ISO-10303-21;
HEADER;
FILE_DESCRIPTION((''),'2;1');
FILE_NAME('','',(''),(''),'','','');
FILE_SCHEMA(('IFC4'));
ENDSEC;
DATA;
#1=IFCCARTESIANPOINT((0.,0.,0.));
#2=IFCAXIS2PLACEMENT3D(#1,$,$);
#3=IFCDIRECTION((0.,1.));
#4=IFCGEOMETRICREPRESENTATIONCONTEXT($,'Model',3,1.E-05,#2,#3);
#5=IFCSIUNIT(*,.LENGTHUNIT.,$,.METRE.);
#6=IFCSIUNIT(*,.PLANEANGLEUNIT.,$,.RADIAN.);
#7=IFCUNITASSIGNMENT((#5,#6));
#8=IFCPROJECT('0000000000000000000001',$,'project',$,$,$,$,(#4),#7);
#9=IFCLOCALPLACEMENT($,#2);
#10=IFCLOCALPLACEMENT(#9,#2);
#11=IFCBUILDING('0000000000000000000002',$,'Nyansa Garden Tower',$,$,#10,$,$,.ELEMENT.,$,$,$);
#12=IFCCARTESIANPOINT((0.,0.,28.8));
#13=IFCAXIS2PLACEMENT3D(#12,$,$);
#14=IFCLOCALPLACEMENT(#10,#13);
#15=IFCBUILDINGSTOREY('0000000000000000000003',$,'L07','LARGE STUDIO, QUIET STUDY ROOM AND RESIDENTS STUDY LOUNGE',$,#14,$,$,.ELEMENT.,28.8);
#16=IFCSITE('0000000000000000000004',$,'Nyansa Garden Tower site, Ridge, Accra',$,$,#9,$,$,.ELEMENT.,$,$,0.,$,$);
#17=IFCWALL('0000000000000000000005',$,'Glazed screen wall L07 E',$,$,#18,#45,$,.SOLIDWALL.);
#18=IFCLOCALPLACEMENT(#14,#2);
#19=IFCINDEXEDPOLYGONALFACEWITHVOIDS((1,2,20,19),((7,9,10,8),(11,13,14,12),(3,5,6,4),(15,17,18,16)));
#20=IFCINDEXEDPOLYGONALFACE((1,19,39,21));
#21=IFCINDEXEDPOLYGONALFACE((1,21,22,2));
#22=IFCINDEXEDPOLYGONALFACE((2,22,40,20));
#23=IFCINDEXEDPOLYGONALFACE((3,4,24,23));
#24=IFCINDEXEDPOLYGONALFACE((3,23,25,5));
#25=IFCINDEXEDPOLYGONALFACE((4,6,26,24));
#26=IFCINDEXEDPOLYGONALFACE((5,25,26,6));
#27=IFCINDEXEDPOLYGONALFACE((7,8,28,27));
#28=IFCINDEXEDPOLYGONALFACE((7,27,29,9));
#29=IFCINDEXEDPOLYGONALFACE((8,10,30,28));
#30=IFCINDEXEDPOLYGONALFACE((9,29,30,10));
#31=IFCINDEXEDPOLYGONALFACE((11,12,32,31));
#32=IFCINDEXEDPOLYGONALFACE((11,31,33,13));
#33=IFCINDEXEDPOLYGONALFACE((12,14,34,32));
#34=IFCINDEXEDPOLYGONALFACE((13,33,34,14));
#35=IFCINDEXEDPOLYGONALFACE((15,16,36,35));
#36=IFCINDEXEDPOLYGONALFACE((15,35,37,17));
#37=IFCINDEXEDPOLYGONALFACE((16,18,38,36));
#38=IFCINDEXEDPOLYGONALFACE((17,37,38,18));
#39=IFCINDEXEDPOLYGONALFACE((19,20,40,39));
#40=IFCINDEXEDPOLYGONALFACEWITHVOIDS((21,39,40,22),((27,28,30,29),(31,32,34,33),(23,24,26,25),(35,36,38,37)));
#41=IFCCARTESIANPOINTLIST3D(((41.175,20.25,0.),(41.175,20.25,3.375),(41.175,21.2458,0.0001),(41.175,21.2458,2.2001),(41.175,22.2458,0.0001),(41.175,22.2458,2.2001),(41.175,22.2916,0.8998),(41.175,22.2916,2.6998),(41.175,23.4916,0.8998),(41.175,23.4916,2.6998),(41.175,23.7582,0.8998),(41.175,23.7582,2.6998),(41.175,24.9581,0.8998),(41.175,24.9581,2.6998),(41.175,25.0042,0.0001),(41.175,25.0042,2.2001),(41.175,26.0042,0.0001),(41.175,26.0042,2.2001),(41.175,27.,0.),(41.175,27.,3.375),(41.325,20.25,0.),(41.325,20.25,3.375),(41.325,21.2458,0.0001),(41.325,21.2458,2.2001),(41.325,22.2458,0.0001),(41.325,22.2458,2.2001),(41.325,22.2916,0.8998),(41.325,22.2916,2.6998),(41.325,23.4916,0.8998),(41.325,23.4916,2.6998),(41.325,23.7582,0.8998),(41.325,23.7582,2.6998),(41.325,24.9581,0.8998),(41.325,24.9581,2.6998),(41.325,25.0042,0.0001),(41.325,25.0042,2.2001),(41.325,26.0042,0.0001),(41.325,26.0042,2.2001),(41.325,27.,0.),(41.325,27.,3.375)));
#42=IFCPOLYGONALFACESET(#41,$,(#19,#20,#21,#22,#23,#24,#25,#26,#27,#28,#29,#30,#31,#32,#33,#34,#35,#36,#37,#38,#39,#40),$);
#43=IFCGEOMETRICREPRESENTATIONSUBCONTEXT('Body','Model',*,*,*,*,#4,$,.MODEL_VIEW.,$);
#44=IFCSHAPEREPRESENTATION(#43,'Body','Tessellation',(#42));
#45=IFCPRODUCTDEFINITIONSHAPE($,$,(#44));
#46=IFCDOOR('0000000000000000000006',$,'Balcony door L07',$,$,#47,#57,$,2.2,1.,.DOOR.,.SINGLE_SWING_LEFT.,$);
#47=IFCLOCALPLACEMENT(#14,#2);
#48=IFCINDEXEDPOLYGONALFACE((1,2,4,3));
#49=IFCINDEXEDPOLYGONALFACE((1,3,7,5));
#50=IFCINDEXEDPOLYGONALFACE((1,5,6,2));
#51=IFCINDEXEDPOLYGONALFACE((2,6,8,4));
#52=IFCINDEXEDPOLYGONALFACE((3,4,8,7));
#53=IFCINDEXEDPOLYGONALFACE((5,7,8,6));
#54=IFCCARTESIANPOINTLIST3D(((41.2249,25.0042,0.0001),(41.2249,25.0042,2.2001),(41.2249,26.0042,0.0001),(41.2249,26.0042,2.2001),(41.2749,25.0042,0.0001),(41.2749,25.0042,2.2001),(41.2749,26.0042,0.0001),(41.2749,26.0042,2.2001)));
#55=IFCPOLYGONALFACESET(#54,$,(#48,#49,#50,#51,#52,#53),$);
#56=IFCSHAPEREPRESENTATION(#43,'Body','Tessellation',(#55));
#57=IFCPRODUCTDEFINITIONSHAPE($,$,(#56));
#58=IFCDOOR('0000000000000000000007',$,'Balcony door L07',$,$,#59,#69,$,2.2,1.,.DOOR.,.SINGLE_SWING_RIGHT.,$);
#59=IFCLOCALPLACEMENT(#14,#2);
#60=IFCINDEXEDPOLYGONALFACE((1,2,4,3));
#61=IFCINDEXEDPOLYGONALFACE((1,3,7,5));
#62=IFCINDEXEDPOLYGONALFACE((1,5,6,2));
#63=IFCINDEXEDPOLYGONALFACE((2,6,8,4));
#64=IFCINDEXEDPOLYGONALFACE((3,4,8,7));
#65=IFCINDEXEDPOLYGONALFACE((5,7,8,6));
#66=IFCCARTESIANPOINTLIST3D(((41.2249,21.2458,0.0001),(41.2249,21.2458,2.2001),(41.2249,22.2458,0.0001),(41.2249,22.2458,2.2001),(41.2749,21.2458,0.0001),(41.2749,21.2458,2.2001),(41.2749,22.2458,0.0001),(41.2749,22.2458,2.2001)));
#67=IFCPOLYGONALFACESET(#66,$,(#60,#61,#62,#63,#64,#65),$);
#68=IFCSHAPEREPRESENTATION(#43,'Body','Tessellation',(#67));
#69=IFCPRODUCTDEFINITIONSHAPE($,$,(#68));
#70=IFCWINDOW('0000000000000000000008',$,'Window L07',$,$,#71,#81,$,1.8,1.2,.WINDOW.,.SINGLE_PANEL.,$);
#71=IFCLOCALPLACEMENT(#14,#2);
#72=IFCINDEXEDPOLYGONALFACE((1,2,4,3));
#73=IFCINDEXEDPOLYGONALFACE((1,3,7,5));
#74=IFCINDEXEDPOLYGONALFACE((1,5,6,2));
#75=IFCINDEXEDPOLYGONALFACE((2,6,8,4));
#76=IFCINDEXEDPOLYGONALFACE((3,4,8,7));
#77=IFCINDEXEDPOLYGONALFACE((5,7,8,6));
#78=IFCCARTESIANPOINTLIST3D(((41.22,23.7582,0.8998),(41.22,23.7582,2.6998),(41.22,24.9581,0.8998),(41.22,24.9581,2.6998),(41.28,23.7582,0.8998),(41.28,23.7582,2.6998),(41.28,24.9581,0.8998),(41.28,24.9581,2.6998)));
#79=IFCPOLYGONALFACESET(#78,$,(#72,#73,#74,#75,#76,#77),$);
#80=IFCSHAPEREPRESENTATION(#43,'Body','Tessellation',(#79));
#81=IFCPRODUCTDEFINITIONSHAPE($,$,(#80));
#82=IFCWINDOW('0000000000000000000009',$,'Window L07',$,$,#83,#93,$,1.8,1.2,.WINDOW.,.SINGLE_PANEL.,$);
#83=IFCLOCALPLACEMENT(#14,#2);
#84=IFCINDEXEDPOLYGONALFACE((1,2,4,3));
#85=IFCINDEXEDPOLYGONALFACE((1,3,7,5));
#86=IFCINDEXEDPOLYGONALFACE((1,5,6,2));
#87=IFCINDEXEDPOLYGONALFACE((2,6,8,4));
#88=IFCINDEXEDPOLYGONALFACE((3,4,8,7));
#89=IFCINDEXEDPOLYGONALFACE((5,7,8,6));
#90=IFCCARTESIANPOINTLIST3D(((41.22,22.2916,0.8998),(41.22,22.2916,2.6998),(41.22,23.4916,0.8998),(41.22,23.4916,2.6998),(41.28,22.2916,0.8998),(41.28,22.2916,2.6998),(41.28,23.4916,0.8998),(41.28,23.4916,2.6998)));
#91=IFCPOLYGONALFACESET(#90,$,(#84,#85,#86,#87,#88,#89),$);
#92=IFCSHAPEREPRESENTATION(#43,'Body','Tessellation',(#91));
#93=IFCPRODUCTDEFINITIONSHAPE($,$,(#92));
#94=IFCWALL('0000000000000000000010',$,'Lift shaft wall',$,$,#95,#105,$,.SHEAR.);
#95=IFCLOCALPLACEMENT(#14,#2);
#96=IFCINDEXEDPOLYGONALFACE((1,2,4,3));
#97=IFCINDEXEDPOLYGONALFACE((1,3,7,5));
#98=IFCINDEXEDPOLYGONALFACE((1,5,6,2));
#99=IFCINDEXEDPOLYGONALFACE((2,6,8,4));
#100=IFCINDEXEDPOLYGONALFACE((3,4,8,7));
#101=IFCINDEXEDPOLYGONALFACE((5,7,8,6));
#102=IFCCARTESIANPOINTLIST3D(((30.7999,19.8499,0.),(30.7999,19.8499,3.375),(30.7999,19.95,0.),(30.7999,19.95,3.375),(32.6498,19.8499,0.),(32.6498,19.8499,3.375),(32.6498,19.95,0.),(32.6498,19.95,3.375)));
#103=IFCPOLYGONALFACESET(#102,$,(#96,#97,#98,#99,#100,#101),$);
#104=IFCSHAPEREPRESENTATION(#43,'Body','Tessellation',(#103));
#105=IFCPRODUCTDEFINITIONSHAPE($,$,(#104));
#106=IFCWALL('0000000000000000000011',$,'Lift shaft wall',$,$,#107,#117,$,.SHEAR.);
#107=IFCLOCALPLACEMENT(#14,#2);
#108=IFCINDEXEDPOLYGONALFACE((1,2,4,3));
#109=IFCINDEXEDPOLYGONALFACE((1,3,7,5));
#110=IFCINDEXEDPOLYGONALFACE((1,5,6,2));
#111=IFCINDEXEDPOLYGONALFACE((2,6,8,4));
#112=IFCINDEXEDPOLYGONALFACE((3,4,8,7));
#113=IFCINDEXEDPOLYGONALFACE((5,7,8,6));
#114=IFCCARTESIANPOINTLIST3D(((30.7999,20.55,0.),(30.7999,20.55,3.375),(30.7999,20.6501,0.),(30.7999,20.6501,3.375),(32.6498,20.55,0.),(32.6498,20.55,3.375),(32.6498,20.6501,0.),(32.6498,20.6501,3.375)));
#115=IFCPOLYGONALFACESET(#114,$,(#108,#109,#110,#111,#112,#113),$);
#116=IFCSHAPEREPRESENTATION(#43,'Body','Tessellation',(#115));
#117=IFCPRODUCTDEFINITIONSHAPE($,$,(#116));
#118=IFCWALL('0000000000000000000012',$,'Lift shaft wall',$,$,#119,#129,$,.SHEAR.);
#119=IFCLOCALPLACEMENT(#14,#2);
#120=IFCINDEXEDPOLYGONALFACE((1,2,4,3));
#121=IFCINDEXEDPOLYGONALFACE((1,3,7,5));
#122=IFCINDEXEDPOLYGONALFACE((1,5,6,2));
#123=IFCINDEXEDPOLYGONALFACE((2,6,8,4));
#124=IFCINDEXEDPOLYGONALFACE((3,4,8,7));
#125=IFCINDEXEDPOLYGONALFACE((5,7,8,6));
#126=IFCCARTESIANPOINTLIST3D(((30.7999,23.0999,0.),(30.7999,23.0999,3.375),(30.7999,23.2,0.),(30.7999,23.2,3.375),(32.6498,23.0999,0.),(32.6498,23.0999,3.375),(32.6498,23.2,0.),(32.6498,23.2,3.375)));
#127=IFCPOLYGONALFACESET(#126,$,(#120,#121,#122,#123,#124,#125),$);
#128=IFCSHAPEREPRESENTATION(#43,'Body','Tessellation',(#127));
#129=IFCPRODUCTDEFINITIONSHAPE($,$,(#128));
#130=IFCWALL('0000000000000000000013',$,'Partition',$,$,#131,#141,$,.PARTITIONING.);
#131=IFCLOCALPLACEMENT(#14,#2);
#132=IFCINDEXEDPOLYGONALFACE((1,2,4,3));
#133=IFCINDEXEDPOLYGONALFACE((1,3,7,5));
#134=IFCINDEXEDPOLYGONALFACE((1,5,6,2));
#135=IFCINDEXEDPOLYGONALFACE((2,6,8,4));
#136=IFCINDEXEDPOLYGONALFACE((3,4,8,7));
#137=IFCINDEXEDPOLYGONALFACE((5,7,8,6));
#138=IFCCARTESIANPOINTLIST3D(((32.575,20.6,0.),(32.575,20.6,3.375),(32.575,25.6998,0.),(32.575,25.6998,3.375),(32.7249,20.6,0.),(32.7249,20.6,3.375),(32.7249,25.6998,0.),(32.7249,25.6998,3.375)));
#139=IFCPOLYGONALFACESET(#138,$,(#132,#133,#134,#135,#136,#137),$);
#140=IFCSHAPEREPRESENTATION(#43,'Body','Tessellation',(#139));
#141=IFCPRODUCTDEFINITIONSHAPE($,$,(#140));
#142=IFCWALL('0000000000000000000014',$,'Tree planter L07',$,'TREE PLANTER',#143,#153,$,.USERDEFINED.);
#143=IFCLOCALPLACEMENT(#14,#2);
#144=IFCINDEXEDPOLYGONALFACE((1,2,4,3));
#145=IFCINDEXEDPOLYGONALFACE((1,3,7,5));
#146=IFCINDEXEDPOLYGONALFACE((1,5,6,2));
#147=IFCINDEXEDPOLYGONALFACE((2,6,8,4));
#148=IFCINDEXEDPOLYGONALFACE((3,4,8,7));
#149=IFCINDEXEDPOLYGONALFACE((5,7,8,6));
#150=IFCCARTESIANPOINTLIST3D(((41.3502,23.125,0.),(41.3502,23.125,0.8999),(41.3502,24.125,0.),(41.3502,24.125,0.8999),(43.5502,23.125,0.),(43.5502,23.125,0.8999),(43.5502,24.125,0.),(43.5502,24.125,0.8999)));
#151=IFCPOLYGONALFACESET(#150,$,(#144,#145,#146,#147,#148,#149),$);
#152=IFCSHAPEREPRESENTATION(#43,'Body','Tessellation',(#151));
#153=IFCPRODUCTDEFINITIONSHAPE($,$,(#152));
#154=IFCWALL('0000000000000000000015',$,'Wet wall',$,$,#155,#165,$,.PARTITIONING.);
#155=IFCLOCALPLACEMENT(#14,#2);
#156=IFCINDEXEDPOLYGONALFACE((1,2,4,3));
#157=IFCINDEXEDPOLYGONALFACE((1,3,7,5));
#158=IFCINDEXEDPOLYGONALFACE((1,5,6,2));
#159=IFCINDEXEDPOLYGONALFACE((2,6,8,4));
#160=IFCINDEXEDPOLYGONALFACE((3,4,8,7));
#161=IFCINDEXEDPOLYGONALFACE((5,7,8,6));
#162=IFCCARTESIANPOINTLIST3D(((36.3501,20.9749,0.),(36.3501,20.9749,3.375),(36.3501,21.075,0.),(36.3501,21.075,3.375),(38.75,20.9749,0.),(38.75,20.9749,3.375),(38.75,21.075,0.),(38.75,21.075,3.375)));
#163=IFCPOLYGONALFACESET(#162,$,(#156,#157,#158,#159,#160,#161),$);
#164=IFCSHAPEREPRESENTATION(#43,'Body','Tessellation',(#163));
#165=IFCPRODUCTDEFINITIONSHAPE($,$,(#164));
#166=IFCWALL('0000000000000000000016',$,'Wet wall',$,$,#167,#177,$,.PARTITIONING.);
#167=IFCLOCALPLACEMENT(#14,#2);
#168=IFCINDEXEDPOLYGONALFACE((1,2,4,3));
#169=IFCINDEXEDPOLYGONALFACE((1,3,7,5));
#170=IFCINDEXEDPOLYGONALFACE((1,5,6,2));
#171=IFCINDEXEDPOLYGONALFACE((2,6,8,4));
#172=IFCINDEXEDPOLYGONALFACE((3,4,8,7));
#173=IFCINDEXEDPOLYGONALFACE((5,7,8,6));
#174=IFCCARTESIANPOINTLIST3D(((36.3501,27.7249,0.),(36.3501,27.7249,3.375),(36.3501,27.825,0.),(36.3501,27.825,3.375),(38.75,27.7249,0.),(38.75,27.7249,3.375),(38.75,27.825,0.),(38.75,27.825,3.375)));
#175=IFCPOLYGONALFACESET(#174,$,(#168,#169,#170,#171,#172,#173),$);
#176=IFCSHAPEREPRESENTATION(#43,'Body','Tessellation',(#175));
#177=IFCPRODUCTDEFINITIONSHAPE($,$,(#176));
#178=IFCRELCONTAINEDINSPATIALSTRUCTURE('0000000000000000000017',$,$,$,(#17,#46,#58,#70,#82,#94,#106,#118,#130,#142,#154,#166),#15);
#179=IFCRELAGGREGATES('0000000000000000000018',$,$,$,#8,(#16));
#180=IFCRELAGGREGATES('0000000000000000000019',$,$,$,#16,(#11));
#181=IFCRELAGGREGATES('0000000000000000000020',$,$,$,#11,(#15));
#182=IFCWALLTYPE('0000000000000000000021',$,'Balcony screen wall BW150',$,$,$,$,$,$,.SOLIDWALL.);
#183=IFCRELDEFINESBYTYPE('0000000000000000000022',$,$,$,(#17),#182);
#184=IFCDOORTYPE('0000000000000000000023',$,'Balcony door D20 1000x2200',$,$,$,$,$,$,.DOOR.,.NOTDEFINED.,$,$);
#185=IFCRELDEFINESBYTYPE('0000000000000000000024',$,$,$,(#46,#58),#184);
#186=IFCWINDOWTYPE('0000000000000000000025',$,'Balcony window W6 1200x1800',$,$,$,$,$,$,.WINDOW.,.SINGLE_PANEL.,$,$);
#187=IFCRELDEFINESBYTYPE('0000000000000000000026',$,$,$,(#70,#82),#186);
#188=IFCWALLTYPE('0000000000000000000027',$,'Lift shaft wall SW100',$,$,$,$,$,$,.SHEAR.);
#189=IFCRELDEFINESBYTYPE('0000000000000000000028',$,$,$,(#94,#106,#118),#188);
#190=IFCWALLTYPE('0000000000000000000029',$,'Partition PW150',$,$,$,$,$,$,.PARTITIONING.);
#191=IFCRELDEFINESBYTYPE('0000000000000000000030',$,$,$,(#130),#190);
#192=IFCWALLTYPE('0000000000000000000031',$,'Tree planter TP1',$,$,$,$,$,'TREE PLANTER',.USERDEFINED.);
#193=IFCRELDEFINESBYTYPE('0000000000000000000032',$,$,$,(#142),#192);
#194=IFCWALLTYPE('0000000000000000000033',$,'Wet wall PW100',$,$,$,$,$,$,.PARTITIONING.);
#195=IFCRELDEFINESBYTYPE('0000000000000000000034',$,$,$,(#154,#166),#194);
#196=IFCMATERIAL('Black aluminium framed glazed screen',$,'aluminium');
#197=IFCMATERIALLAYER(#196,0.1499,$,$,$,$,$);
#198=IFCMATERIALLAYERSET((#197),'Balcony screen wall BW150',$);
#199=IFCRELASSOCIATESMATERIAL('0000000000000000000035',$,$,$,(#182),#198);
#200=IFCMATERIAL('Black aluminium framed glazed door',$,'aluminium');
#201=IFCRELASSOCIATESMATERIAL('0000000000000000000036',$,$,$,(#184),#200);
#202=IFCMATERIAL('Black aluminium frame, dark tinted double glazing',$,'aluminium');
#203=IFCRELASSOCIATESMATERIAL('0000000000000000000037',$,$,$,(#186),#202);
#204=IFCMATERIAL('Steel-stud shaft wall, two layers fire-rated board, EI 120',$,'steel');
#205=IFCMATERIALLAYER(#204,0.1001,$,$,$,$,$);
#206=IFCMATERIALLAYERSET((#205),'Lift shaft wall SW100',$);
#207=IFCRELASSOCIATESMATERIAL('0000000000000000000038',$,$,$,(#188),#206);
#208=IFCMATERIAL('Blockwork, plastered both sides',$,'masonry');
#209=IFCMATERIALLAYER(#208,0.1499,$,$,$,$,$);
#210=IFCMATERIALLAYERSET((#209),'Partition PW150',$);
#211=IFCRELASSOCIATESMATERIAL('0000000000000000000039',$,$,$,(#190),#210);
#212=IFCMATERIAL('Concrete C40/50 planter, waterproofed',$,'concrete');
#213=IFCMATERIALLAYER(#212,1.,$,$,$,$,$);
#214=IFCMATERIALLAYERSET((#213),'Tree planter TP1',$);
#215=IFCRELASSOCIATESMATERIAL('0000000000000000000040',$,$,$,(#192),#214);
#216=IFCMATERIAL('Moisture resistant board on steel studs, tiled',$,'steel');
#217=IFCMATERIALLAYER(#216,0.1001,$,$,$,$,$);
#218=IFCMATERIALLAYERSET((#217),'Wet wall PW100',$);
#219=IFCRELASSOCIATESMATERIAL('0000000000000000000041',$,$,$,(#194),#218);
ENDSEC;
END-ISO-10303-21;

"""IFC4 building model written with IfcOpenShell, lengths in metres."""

from ifc_helpers import new_model, si_unit, direction, frame, frame_2d, origin, place, context, subcontext, project, spatial, rectangle, extrude, material, layer, layer_set, type_object, element, fill, save


model = new_model("IFC4")

# Units and contexts
model_context = context("Model", 3, precision=1e-05, world=origin(), true_north=direction((0.0, 1.0)))
body_context = subcontext(model_context, "Body", "Model", "MODEL_VIEW")
ifc_project = project(units=[si_unit("LENGTHUNIT", "METRE"), si_unit("PLANEANGLEUNIT", "RADIAN")], contexts=[model_context])

# Site, building, storey
site_placement = place(None, origin())
site = spatial("IfcSite", under=ifc_project, at=site_placement, Name="Nyansa Garden Tower site, Ridge, Accra", CompositionType="ELEMENT", RefElevation=0.0)
building_placement = place(site_placement, origin())
building = spatial("IfcBuilding", under=site, at=building_placement, Name="Nyansa Garden Tower", CompositionType="ELEMENT")
storey_placement = place(building_placement, frame((0.0, 0.0, 28.8)))
storey = spatial("IfcBuildingStorey", under=building, at=storey_placement, Name="L07", Description="LARGE STUDIO, QUIET STUDY ROOM AND RESIDENTS STUDY LOUNGE", CompositionType="ELEMENT", Elevation=28.8)

# Wall, openings, doors, windows
ifc_material_1 = material(Name="Black aluminium framed glazed screen", Category="aluminium")
ifc_layer_1 = layer(ifc_material_1, 0.1499)
ifc_layer_set_1 = layer_set([ifc_layer_1], Name="Balcony screen wall BW150")
wall_type_1 = type_object("IfcWallType", Name="Balcony screen wall BW150", PredefinedType="SOLIDWALL", material=ifc_layer_set_1)
wall_1_placement = place(storey_placement, frame((41.25, 27.0, 0.0), z_axis=(0.0, 0.0, 1.0), x_axis=(0.0, -1.0, 0.0)))
wall_1 = element("IfcWall", 1, at=wall_1_placement, inside=storey, type_object=wall_type_1, Name="Glazed screen wall L07 E", PredefinedType="SOLIDWALL", context=body_context, shape_type="SweptSolid", body=[
    extrude(rectangle(XDim=6.75, YDim=0.1499, at=frame_2d((3.375, 0.0))), origin(), (0.0, 0.0, 1.0), 3.375),
])
opening_1_placement = place(wall_1_placement, frame((0.9958, 0.0, 0.0)))
opening_1 = element("IfcOpeningElement", 2, at=opening_1_placement, cuts=wall_1, PredefinedType="OPENING", context=body_context, shape_type="SweptSolid", body=[
    extrude(rectangle(XDim=1.0, YDim=2.2, at=frame_2d((0.5, 1.1001))), frame((0.0, 0.085, 0.0), z_axis=(0.0, -1.0, 0.0), x_axis=(1.0, 0.0, 0.0)), (0.0, 0.0, 1.0), 0.1699),
])
opening_2_placement = place(wall_1_placement, frame((2.0417, 0.0, 0.8999)))
opening_2 = element("IfcOpeningElement", 3, at=opening_2_placement, cuts=wall_1, PredefinedType="OPENING", context=body_context, shape_type="SweptSolid", body=[
    extrude(rectangle(XDim=1.2, YDim=1.8, at=frame_2d((0.6001, 0.8999))), frame((0.0, 0.085, 0.0), z_axis=(0.0, -1.0, 0.0), x_axis=(1.0, 0.0, 0.0)), (0.0, 0.0, 1.0), 0.1699),
])
opening_3_placement = place(wall_1_placement, frame((4.7542, 0.0, 0.0)))
opening_3 = element("IfcOpeningElement", 4, at=opening_3_placement, cuts=wall_1, PredefinedType="OPENING", context=body_context, shape_type="SweptSolid", body=[
    extrude(rectangle(XDim=1.0, YDim=2.2, at=frame_2d((0.5, 1.1001))), frame((0.0, 0.085, 0.0), z_axis=(0.0, -1.0, 0.0), x_axis=(1.0, 0.0, 0.0)), (0.0, 0.0, 1.0), 0.1699),
])
opening_4_placement = place(wall_1_placement, frame((3.5083, 0.0, 0.8999)))
opening_4 = element("IfcOpeningElement", 5, at=opening_4_placement, cuts=wall_1, PredefinedType="OPENING", context=body_context, shape_type="SweptSolid", body=[
    extrude(rectangle(XDim=1.2, YDim=1.8, at=frame_2d((0.6001, 0.8999))), frame((0.0, 0.085, 0.0), z_axis=(0.0, -1.0, 0.0), x_axis=(1.0, 0.0, 0.0)), (0.0, 0.0, 1.0), 0.1699),
])
ifc_material_2 = material(Name="Black aluminium framed glazed door", Category="aluminium")
door_type_1 = type_object("IfcDoorType", Name="Balcony door D20 1000x2200", OperationType="NOTDEFINED", PredefinedType="DOOR", material=ifc_material_2)
door_1_placement = place(opening_1_placement, origin())
door_1 = element("IfcDoor", 6, at=door_1_placement, inside=storey, type_object=door_type_1, Name="Balcony door L07", OperationType="SINGLE_SWING_LEFT", OverallHeight=2.2, OverallWidth=1.0, PredefinedType="DOOR", context=body_context, shape_type="SweptSolid", body=[
    extrude(rectangle(XDim=1.0, YDim=2.2, at=frame_2d((0.5, 1.1001))), frame((0.0, 0.0249, 0.0), z_axis=(0.0, -1.0, 0.0), x_axis=(1.0, 0.0, 0.0)), (0.0, 0.0, 1.0), 0.05),
])
fill(opening_1, door_1)
door_2_placement = place(opening_3_placement, origin())
door_2 = element("IfcDoor", 7, at=door_2_placement, inside=storey, type_object=door_type_1, Name="Balcony door L07", OperationType="SINGLE_SWING_RIGHT", OverallHeight=2.2, OverallWidth=1.0, PredefinedType="DOOR", context=body_context, shape_type="SweptSolid", body=[
    extrude(rectangle(XDim=1.0, YDim=2.2, at=frame_2d((0.5, 1.1001))), frame((0.0, 0.0249, 0.0), z_axis=(0.0, -1.0, 0.0), x_axis=(1.0, 0.0, 0.0)), (0.0, 0.0, 1.0), 0.05),
])
fill(opening_3, door_2)
ifc_material_3 = material(Name="Black aluminium frame, dark tinted double glazing", Category="aluminium")
window_type = type_object("IfcWindowType", Name="Balcony window W6 1200x1800", PartitioningType="SINGLE_PANEL", PredefinedType="WINDOW", material=ifc_material_3)
window_1_placement = place(opening_2_placement, origin())
window_1 = element("IfcWindow", 8, at=window_1_placement, inside=storey, type_object=window_type, Name="Window L07", OverallHeight=1.8, OverallWidth=1.2, PartitioningType="SINGLE_PANEL", PredefinedType="WINDOW", context=body_context, shape_type="SweptSolid", body=[
    extrude(rectangle(XDim=1.2, YDim=1.8, at=frame_2d((0.6001, 0.8999))), frame((0.0, 0.03, 0.0), z_axis=(0.0, -1.0, 0.0), x_axis=(1.0, 0.0, 0.0)), (0.0, 0.0, 1.0), 0.0601),
])
fill(opening_2, window_1)
window_2_placement = place(opening_4_placement, origin())
window_2 = element("IfcWindow", 9, at=window_2_placement, inside=storey, type_object=window_type, Name="Window L07", OverallHeight=1.8, OverallWidth=1.2, PartitioningType="SINGLE_PANEL", PredefinedType="WINDOW", context=body_context, shape_type="SweptSolid", body=[
    extrude(rectangle(XDim=1.2, YDim=1.8, at=frame_2d((0.6001, 0.8999))), frame((0.0, 0.03, 0.0), z_axis=(0.0, -1.0, 0.0), x_axis=(1.0, 0.0, 0.0)), (0.0, 0.0, 1.0), 0.0601),
])
fill(opening_4, window_2)

# Walls
ifc_material_4 = material(Name="Steel-stud shaft wall, two layers fire-rated board, EI 120", Category="steel")
ifc_layer_2 = layer(ifc_material_4, 0.1001)
ifc_layer_set_2 = layer_set([ifc_layer_2], Name="Lift shaft wall SW100")
wall_type_2 = type_object("IfcWallType", Name="Lift shaft wall SW100", PredefinedType="SHEAR", material=ifc_layer_set_2)
for number, where, z_axis, x_axis, name in (
    (10, (30.8, 19.8999, 0.0), (0.0, 0.0, 1.0), (1.0, 0.0, 0.0), "Lift shaft wall"),
    (11, (30.8, 20.6001, 0.0), (0.0, 0.0, 1.0), (1.0, 0.0, 0.0), "Lift shaft wall"),
    (12, (30.8, 23.1499, 0.0), (0.0, 0.0, 1.0), (1.0, 0.0, 0.0), "Lift shaft wall"),
):
    element("IfcWall", number, at=place(storey_placement, frame(where, z_axis=z_axis, x_axis=x_axis)), inside=storey, type_object=wall_type_2, Name=name, PredefinedType="SHEAR", context=body_context, shape_type="SweptSolid", body=[
        extrude(rectangle(XDim=1.8499, YDim=0.1001, at=frame_2d((0.9248, 0.0))), origin(), (0.0, 0.0, 1.0), 3.375),
    ])
ifc_material_5 = material(Name="Blockwork, plastered both sides", Category="masonry")
ifc_layer_3 = layer(ifc_material_5, 0.1499)
ifc_layer_set_3 = layer_set([ifc_layer_3], Name="Partition PW150")
wall_type_3 = type_object("IfcWallType", Name="Partition PW150", PredefinedType="PARTITIONING", material=ifc_layer_set_3)
wall_2_placement = place(storey_placement, frame((32.6499, 20.6001, 0.0), z_axis=(0.0, 0.0, 1.0), x_axis=(0.0, 1.0, 0.0)))
element("IfcWall", 13, at=wall_2_placement, inside=storey, type_object=wall_type_3, Name="Partition", PredefinedType="PARTITIONING", context=body_context, shape_type="SweptSolid", body=[
    extrude(rectangle(XDim=5.0999, YDim=0.1499, at=frame_2d((2.5498, 0.0))), origin(), (0.0, 0.0, 1.0), 3.375),
])
ifc_material_6 = material(Name="Concrete C40/50 planter, waterproofed", Category="concrete")
ifc_layer_4 = layer(ifc_material_6, 1.0)
ifc_layer_set_4 = layer_set([ifc_layer_4], Name="Tree planter TP1")
wall_type_4 = type_object("IfcWallType", Name="Tree planter TP1", ElementType="TREE PLANTER", PredefinedType="USERDEFINED", material=ifc_layer_set_4)
wall_3_placement = place(storey_placement, frame((41.3501, 23.625, 0.0), z_axis=(0.0, 0.0, 1.0), x_axis=(1.0, 0.0, 0.0)))
element("IfcWall", 14, at=wall_3_placement, inside=storey, type_object=wall_type_4, Name="Tree planter L07", ObjectType="TREE PLANTER", PredefinedType="USERDEFINED", context=body_context, shape_type="SweptSolid", body=[
    extrude(rectangle(XDim=2.2, YDim=1.0, at=frame_2d((1.1001, 0.0))), origin(), (0.0, 0.0, 1.0), 0.8999),
])
ifc_material_7 = material(Name="Moisture resistant board on steel studs, tiled", Category="steel")
ifc_layer_5 = layer(ifc_material_7, 0.1001)
ifc_layer_set_5 = layer_set([ifc_layer_5], Name="Wet wall PW100")
wall_type_5 = type_object("IfcWallType", Name="Wet wall PW100", PredefinedType="PARTITIONING", material=ifc_layer_set_5)
for number, where, z_axis, x_axis, name in (
    (15, (36.3501, 21.0249, 0.0), (0.0, 0.0, 1.0), (1.0, 0.0, 0.0), "Wet wall"),
    (16, (36.3501, 27.7749, 0.0), (0.0, 0.0, 1.0), (1.0, 0.0, 0.0), "Wet wall"),
):
    element("IfcWall", number, at=place(storey_placement, frame(where, z_axis=z_axis, x_axis=x_axis)), inside=storey, type_object=wall_type_5, Name=name, PredefinedType="PARTITIONING", context=body_context, shape_type="SweptSolid", body=[
        extrude(rectangle(XDim=2.3999, YDim=0.1001, at=frame_2d((1.2, 0.0))), origin(), (0.0, 0.0, 1.0), 3.375),
    ])

save(model, "model.ifc")
